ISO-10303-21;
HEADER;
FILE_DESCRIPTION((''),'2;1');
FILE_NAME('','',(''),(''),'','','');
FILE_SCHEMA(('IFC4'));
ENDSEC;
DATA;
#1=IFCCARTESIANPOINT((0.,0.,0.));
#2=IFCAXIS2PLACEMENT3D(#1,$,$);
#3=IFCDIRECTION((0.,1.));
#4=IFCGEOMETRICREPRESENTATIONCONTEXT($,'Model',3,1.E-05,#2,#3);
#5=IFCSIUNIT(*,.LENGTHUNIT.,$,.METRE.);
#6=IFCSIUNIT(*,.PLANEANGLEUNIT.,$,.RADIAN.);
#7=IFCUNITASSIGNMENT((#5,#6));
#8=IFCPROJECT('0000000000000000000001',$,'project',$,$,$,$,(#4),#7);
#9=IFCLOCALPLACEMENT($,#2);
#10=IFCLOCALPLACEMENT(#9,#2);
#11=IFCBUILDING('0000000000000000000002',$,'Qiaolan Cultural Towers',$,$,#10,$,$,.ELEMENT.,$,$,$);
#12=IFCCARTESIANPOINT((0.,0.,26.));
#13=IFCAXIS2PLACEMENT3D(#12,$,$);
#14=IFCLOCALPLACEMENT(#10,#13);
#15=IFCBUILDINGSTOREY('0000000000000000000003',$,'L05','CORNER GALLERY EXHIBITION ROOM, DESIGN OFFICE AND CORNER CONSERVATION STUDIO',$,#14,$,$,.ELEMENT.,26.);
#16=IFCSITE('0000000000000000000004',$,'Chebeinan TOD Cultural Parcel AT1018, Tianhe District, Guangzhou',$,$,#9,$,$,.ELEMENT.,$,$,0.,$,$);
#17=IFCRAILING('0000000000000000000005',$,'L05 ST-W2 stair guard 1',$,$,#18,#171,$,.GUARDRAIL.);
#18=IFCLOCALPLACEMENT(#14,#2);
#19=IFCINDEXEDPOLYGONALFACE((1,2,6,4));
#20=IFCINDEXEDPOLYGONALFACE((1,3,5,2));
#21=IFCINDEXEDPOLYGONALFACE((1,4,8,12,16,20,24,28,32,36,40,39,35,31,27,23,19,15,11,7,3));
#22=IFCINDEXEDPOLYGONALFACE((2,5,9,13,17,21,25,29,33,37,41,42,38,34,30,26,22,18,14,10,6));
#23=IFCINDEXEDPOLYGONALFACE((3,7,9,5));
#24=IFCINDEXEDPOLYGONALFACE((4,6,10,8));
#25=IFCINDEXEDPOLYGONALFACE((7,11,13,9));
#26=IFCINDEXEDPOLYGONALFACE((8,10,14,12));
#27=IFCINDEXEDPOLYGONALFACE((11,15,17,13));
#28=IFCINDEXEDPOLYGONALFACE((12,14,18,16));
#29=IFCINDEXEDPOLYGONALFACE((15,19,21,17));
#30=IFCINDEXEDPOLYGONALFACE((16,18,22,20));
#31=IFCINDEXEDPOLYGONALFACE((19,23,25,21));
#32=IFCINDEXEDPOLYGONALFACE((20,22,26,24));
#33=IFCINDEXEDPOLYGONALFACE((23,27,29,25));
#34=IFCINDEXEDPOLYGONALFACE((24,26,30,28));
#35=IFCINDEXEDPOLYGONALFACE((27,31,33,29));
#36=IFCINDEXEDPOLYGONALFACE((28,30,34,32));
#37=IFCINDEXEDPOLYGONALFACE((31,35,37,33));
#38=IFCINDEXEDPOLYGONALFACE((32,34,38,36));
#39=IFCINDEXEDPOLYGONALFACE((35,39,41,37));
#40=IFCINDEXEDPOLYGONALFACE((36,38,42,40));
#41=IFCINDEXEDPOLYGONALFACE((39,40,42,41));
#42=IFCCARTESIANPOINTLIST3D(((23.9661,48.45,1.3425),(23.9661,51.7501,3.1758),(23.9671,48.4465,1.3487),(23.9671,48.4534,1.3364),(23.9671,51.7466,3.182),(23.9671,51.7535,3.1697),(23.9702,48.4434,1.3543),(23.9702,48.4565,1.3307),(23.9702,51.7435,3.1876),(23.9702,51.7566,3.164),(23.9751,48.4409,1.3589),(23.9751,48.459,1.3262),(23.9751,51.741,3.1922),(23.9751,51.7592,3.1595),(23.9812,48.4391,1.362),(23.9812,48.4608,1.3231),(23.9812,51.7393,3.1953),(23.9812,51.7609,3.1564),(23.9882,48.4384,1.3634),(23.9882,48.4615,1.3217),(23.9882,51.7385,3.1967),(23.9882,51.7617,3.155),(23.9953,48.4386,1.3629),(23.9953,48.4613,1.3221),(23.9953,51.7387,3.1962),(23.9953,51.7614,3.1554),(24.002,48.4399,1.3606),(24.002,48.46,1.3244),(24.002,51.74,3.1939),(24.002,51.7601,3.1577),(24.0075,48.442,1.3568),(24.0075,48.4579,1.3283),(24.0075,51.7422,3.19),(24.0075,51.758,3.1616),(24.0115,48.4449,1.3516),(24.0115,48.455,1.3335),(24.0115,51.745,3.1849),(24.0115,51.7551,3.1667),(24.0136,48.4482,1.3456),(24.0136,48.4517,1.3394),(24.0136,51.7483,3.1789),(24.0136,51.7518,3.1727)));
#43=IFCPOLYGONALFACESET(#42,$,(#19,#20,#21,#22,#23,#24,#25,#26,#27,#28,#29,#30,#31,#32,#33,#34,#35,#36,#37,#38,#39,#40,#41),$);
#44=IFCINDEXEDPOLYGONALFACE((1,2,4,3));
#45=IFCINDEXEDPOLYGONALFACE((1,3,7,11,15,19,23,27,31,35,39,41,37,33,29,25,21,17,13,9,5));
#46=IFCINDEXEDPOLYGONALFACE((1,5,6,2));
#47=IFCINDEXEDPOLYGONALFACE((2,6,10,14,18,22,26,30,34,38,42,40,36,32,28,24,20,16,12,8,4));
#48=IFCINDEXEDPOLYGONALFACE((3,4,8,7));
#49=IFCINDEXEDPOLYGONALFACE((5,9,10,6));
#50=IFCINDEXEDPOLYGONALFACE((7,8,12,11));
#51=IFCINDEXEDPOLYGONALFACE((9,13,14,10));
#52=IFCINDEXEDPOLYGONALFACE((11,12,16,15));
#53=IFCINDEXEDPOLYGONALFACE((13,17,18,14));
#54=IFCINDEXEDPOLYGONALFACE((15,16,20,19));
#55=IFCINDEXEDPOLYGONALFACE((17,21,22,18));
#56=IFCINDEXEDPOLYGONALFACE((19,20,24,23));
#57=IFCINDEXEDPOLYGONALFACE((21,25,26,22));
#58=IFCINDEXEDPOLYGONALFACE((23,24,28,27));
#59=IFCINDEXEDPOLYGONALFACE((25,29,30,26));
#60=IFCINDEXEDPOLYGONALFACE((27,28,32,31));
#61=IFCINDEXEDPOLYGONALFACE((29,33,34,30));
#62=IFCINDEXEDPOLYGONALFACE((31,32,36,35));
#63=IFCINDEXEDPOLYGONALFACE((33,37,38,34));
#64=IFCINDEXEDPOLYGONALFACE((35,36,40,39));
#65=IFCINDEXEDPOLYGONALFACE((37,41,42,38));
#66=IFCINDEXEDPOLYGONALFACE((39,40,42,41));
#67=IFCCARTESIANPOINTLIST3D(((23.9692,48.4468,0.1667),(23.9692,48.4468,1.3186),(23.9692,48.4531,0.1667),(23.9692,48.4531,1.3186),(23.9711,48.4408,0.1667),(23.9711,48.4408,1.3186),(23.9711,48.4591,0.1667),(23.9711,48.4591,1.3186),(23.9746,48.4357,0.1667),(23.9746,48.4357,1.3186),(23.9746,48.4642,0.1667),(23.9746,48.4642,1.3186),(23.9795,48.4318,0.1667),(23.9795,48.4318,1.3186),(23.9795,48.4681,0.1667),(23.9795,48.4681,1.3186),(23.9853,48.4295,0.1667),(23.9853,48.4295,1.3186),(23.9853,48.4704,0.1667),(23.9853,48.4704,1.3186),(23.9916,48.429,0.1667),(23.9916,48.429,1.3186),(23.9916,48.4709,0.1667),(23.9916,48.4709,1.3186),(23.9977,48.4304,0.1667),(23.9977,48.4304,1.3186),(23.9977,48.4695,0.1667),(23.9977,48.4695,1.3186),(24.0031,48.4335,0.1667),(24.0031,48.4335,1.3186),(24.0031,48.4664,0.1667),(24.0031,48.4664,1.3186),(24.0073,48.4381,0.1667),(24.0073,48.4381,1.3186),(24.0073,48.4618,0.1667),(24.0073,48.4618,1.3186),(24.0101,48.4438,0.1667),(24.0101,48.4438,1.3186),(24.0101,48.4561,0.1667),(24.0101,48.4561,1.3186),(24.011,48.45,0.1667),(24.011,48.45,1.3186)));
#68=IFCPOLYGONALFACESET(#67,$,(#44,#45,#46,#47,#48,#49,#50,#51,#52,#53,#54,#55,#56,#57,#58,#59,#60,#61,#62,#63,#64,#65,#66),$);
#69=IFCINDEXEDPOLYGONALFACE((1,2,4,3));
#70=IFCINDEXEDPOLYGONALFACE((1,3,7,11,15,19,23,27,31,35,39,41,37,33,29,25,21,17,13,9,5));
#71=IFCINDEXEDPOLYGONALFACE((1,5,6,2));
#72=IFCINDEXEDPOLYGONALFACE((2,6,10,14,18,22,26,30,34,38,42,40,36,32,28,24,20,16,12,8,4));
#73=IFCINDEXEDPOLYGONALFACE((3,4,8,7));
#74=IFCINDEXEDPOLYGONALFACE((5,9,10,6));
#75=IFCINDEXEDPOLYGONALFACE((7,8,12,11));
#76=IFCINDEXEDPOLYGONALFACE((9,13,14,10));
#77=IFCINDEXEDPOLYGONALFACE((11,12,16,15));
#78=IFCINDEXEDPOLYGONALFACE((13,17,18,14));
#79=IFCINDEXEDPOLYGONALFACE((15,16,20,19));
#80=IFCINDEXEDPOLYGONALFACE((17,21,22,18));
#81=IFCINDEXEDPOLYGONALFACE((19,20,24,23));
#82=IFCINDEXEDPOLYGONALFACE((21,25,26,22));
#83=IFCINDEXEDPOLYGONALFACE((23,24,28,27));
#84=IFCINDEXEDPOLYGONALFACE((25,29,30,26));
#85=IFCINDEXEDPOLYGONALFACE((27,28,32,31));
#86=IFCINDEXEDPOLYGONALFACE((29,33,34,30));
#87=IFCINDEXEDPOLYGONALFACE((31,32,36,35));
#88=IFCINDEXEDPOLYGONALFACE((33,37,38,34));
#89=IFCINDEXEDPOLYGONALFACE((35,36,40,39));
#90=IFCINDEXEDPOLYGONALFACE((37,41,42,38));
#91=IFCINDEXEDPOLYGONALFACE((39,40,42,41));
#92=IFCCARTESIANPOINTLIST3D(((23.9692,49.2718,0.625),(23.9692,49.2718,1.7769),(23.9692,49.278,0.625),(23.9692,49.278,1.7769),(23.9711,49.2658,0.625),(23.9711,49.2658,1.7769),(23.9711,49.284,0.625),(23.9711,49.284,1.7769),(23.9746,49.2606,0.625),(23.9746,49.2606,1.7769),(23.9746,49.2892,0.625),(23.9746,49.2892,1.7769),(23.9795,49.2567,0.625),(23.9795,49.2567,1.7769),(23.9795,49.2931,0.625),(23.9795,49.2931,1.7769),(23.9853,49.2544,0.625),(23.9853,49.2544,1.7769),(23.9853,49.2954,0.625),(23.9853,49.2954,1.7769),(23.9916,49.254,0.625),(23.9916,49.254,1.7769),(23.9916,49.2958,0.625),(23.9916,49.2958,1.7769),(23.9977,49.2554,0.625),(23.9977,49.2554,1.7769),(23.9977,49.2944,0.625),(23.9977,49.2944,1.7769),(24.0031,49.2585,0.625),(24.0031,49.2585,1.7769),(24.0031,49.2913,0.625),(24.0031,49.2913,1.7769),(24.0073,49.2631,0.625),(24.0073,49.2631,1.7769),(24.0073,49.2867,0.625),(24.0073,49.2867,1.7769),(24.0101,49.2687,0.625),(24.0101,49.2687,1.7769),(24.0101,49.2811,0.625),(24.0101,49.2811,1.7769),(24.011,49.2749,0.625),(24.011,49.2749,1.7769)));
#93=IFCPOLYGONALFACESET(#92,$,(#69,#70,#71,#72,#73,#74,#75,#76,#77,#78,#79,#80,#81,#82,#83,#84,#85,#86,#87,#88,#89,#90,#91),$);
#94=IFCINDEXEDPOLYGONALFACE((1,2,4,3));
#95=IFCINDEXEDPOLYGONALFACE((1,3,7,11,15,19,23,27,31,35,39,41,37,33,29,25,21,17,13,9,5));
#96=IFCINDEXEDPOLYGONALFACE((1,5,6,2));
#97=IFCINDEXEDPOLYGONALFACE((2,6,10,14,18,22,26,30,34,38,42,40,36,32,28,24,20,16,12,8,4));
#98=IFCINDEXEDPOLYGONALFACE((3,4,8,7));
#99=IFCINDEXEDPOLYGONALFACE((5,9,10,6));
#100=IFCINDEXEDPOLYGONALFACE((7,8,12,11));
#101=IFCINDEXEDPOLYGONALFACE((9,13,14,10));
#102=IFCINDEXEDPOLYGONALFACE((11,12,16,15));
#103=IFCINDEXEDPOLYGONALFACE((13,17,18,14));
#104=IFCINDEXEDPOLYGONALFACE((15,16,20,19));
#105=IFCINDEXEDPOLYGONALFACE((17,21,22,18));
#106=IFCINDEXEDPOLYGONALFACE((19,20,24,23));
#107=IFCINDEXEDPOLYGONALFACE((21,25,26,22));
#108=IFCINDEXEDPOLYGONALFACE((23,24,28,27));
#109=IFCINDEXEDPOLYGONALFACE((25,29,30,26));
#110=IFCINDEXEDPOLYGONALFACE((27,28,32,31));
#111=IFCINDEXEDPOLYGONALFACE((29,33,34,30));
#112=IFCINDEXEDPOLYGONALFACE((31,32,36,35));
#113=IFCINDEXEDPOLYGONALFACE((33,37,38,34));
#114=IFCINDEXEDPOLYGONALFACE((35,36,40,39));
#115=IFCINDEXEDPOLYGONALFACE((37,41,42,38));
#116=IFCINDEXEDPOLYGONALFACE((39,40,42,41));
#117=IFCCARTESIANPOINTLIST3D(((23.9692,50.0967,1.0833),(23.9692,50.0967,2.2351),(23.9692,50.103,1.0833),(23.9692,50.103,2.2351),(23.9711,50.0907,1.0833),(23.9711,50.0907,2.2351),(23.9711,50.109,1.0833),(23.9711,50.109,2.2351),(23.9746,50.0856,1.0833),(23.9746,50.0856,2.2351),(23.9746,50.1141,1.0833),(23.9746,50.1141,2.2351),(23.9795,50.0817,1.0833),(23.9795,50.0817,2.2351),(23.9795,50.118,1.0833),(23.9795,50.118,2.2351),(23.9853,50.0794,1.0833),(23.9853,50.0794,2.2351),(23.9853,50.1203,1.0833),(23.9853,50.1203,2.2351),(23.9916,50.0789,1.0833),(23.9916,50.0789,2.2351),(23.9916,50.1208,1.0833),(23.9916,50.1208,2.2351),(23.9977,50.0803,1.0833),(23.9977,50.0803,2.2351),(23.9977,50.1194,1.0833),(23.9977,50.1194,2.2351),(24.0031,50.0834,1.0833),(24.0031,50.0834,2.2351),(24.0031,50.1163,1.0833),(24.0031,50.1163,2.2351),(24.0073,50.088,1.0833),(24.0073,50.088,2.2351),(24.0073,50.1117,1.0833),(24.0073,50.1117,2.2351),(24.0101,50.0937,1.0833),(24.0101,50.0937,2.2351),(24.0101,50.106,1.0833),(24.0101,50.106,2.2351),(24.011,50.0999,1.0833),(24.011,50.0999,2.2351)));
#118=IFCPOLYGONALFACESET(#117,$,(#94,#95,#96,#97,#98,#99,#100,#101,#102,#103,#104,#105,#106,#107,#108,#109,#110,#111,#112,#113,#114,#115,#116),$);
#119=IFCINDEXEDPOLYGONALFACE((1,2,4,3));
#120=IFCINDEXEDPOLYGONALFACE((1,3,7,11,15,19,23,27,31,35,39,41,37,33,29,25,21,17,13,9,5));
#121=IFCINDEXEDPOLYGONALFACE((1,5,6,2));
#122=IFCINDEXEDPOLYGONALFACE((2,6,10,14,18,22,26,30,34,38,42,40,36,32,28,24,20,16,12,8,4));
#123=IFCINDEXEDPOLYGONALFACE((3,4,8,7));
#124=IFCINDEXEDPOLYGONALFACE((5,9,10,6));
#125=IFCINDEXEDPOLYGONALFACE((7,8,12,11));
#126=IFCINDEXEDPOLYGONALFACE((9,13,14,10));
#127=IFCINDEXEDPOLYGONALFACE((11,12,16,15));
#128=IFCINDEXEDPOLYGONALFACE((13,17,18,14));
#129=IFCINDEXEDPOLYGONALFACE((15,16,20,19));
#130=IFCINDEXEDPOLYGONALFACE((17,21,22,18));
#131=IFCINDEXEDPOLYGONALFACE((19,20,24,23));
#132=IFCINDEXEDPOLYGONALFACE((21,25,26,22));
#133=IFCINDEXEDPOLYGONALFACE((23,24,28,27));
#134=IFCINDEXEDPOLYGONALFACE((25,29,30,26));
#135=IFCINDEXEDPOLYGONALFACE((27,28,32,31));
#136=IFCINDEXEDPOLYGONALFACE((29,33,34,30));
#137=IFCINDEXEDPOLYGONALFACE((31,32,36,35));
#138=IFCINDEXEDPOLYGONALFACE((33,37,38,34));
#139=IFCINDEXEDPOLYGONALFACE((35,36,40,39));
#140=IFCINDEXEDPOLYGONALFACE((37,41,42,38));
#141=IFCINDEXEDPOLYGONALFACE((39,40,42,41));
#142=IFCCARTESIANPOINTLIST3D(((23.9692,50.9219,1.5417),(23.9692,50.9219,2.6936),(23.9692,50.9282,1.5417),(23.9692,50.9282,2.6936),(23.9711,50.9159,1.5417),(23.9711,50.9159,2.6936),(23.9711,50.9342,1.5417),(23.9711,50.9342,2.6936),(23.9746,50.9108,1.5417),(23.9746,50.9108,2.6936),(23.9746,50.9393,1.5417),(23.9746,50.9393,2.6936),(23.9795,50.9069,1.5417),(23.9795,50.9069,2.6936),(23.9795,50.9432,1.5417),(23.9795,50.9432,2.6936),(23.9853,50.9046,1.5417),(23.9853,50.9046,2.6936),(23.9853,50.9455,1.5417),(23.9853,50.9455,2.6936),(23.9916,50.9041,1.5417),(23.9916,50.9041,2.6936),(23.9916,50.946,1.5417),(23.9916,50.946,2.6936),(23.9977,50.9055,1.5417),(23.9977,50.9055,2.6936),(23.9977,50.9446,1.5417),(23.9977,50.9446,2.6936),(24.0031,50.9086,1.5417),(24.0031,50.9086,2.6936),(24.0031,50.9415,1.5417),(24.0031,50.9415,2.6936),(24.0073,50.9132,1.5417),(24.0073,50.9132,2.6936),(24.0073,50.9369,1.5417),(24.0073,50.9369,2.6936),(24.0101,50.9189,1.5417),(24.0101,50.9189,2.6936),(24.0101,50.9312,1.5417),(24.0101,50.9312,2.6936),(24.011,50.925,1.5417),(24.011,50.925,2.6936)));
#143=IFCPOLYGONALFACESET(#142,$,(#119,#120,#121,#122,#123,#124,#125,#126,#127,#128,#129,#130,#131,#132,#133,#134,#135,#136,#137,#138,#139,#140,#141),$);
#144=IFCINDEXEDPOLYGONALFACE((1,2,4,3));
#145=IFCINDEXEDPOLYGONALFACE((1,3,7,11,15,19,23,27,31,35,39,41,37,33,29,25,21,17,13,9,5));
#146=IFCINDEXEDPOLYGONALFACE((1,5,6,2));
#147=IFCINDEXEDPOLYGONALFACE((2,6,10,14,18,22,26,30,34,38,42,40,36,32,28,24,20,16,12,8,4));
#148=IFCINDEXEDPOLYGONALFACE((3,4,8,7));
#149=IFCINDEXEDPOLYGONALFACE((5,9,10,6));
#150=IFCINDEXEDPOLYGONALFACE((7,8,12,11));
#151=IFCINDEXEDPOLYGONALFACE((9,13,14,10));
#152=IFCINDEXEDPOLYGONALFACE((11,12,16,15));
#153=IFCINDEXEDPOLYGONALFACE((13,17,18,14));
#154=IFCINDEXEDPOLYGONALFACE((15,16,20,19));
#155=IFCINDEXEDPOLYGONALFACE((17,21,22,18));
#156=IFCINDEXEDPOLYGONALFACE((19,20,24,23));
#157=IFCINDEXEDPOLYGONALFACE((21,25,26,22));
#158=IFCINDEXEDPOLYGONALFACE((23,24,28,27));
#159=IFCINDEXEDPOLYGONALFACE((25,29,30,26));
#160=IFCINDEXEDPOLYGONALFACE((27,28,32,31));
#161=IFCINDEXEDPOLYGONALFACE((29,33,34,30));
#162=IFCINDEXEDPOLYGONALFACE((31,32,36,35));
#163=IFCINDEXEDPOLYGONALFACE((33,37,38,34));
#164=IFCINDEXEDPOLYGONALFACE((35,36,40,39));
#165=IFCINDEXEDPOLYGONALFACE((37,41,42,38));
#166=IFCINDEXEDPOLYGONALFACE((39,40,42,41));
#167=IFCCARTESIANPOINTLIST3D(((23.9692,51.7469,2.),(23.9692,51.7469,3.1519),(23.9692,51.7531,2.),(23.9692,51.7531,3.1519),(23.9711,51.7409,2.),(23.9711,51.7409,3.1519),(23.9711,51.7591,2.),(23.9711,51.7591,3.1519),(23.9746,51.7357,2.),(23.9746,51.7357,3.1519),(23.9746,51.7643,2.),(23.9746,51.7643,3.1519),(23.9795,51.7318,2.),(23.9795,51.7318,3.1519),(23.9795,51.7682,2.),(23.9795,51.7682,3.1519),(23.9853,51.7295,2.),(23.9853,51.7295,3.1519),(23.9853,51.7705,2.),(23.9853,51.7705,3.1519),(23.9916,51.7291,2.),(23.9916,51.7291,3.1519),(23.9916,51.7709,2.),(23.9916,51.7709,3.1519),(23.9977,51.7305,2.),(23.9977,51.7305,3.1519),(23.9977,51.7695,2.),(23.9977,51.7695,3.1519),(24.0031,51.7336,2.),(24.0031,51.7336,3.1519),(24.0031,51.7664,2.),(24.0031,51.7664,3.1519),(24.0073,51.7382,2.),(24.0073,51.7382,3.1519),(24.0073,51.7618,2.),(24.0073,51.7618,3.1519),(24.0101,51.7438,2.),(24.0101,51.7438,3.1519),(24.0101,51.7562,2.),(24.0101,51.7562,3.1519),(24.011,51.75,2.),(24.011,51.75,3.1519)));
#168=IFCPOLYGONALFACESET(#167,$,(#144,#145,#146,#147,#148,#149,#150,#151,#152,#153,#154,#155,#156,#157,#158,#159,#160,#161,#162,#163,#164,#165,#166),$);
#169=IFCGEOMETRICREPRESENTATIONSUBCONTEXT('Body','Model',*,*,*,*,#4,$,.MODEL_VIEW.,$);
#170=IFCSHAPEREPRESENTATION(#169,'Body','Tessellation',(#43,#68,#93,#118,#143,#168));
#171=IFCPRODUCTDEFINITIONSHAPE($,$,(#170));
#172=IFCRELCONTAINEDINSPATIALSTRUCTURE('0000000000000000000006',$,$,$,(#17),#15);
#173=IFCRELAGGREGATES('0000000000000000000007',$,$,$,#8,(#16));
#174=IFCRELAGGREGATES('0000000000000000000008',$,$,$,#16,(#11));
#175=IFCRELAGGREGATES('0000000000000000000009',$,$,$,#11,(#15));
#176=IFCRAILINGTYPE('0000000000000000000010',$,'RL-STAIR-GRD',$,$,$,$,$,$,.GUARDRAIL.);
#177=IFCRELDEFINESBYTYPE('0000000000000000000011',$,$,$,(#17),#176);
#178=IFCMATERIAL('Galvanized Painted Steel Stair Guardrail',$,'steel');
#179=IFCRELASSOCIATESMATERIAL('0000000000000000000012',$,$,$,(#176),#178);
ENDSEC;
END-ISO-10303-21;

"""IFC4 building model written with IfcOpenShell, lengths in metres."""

from ifc_helpers import new_model, si_unit, direction, frame, origin, origin_2d, place, context, subcontext, project, spatial, circle, extrude, material, type_object, element, save


model = new_model("IFC4")

# Units and contexts
model_context = context("Model", 3, precision=1e-05, world=origin(), true_north=direction((0.0, 1.0)))
body_context = subcontext(model_context, "Body", "Model", "MODEL_VIEW")
ifc_project = project(units=[si_unit("LENGTHUNIT", "METRE"), si_unit("PLANEANGLEUNIT", "RADIAN")], contexts=[model_context])

# Site, building, storey
site_placement = place(None, origin())
site = spatial("IfcSite", under=ifc_project, at=site_placement, Name="Chebeinan TOD Cultural Parcel AT1018, Tianhe District, Guangzhou", CompositionType="ELEMENT", RefElevation=0.0)
building_placement = place(site_placement, origin())
building = spatial("IfcBuilding", under=site, at=building_placement, Name="Qiaolan Cultural Towers", CompositionType="ELEMENT")
storey_placement = place(building_placement, frame((0.0, 0.0, 26.0)))
storey = spatial("IfcBuildingStorey", under=building, at=storey_placement, Name="L05", Description="CORNER GALLERY EXHIBITION ROOM, DESIGN OFFICE AND CORNER CONSERVATION STUDIO", CompositionType="ELEMENT", Elevation=26.0)

# Railing
ifc_material_1 = material(Name="Galvanized Painted Steel Stair Guardrail", Category="steel")
railing_type_1 = type_object("IfcRailingType", Name="RL-STAIR-GRD", PredefinedType="GUARDRAIL", material=ifc_material_1)
railing_1_placement = place(storey_placement, frame((23.99, 48.45, 0.1667)))
element("IfcRailing", 1, at=railing_1_placement, inside=storey, type_object=railing_type_1, Name="L05 ST-W2 stair guard 1", PredefinedType="GUARDRAIL", context=body_context, shape_type="SweptSolid", body=[
    extrude(circle(Radius=0.0239, at=origin_2d()), frame((0.0, 0.0, 1.1758), z_axis=(0.0, 0.874169, 0.485621), x_axis=(-1.0, 0.0, 0.0)), (0.0, 0.0, 1.0), 3.7751),
    extrude(circle(Radius=0.021, at=origin_2d()), origin(), (0.0, 0.0, 1.0), 1.1519),
    extrude(circle(Radius=0.021, at=origin_2d()), frame((0.0, 0.825, 0.4583)), (0.0, 0.0, 1.0), 1.1519),
    extrude(circle(Radius=0.021, at=origin_2d()), frame((0.0, 1.6499, 0.9165)), (0.0, 0.0, 1.0), 1.1519),
    extrude(circle(Radius=0.021, at=origin_2d()), frame((0.0, 2.4751, 1.375)), (0.0, 0.0, 1.0), 1.1519),
    extrude(circle(Radius=0.021, at=origin_2d()), frame((0.0, 3.3, 1.8333)), (0.0, 0.0, 1.0), 1.1519),
])

save(model, "model.ifc")
